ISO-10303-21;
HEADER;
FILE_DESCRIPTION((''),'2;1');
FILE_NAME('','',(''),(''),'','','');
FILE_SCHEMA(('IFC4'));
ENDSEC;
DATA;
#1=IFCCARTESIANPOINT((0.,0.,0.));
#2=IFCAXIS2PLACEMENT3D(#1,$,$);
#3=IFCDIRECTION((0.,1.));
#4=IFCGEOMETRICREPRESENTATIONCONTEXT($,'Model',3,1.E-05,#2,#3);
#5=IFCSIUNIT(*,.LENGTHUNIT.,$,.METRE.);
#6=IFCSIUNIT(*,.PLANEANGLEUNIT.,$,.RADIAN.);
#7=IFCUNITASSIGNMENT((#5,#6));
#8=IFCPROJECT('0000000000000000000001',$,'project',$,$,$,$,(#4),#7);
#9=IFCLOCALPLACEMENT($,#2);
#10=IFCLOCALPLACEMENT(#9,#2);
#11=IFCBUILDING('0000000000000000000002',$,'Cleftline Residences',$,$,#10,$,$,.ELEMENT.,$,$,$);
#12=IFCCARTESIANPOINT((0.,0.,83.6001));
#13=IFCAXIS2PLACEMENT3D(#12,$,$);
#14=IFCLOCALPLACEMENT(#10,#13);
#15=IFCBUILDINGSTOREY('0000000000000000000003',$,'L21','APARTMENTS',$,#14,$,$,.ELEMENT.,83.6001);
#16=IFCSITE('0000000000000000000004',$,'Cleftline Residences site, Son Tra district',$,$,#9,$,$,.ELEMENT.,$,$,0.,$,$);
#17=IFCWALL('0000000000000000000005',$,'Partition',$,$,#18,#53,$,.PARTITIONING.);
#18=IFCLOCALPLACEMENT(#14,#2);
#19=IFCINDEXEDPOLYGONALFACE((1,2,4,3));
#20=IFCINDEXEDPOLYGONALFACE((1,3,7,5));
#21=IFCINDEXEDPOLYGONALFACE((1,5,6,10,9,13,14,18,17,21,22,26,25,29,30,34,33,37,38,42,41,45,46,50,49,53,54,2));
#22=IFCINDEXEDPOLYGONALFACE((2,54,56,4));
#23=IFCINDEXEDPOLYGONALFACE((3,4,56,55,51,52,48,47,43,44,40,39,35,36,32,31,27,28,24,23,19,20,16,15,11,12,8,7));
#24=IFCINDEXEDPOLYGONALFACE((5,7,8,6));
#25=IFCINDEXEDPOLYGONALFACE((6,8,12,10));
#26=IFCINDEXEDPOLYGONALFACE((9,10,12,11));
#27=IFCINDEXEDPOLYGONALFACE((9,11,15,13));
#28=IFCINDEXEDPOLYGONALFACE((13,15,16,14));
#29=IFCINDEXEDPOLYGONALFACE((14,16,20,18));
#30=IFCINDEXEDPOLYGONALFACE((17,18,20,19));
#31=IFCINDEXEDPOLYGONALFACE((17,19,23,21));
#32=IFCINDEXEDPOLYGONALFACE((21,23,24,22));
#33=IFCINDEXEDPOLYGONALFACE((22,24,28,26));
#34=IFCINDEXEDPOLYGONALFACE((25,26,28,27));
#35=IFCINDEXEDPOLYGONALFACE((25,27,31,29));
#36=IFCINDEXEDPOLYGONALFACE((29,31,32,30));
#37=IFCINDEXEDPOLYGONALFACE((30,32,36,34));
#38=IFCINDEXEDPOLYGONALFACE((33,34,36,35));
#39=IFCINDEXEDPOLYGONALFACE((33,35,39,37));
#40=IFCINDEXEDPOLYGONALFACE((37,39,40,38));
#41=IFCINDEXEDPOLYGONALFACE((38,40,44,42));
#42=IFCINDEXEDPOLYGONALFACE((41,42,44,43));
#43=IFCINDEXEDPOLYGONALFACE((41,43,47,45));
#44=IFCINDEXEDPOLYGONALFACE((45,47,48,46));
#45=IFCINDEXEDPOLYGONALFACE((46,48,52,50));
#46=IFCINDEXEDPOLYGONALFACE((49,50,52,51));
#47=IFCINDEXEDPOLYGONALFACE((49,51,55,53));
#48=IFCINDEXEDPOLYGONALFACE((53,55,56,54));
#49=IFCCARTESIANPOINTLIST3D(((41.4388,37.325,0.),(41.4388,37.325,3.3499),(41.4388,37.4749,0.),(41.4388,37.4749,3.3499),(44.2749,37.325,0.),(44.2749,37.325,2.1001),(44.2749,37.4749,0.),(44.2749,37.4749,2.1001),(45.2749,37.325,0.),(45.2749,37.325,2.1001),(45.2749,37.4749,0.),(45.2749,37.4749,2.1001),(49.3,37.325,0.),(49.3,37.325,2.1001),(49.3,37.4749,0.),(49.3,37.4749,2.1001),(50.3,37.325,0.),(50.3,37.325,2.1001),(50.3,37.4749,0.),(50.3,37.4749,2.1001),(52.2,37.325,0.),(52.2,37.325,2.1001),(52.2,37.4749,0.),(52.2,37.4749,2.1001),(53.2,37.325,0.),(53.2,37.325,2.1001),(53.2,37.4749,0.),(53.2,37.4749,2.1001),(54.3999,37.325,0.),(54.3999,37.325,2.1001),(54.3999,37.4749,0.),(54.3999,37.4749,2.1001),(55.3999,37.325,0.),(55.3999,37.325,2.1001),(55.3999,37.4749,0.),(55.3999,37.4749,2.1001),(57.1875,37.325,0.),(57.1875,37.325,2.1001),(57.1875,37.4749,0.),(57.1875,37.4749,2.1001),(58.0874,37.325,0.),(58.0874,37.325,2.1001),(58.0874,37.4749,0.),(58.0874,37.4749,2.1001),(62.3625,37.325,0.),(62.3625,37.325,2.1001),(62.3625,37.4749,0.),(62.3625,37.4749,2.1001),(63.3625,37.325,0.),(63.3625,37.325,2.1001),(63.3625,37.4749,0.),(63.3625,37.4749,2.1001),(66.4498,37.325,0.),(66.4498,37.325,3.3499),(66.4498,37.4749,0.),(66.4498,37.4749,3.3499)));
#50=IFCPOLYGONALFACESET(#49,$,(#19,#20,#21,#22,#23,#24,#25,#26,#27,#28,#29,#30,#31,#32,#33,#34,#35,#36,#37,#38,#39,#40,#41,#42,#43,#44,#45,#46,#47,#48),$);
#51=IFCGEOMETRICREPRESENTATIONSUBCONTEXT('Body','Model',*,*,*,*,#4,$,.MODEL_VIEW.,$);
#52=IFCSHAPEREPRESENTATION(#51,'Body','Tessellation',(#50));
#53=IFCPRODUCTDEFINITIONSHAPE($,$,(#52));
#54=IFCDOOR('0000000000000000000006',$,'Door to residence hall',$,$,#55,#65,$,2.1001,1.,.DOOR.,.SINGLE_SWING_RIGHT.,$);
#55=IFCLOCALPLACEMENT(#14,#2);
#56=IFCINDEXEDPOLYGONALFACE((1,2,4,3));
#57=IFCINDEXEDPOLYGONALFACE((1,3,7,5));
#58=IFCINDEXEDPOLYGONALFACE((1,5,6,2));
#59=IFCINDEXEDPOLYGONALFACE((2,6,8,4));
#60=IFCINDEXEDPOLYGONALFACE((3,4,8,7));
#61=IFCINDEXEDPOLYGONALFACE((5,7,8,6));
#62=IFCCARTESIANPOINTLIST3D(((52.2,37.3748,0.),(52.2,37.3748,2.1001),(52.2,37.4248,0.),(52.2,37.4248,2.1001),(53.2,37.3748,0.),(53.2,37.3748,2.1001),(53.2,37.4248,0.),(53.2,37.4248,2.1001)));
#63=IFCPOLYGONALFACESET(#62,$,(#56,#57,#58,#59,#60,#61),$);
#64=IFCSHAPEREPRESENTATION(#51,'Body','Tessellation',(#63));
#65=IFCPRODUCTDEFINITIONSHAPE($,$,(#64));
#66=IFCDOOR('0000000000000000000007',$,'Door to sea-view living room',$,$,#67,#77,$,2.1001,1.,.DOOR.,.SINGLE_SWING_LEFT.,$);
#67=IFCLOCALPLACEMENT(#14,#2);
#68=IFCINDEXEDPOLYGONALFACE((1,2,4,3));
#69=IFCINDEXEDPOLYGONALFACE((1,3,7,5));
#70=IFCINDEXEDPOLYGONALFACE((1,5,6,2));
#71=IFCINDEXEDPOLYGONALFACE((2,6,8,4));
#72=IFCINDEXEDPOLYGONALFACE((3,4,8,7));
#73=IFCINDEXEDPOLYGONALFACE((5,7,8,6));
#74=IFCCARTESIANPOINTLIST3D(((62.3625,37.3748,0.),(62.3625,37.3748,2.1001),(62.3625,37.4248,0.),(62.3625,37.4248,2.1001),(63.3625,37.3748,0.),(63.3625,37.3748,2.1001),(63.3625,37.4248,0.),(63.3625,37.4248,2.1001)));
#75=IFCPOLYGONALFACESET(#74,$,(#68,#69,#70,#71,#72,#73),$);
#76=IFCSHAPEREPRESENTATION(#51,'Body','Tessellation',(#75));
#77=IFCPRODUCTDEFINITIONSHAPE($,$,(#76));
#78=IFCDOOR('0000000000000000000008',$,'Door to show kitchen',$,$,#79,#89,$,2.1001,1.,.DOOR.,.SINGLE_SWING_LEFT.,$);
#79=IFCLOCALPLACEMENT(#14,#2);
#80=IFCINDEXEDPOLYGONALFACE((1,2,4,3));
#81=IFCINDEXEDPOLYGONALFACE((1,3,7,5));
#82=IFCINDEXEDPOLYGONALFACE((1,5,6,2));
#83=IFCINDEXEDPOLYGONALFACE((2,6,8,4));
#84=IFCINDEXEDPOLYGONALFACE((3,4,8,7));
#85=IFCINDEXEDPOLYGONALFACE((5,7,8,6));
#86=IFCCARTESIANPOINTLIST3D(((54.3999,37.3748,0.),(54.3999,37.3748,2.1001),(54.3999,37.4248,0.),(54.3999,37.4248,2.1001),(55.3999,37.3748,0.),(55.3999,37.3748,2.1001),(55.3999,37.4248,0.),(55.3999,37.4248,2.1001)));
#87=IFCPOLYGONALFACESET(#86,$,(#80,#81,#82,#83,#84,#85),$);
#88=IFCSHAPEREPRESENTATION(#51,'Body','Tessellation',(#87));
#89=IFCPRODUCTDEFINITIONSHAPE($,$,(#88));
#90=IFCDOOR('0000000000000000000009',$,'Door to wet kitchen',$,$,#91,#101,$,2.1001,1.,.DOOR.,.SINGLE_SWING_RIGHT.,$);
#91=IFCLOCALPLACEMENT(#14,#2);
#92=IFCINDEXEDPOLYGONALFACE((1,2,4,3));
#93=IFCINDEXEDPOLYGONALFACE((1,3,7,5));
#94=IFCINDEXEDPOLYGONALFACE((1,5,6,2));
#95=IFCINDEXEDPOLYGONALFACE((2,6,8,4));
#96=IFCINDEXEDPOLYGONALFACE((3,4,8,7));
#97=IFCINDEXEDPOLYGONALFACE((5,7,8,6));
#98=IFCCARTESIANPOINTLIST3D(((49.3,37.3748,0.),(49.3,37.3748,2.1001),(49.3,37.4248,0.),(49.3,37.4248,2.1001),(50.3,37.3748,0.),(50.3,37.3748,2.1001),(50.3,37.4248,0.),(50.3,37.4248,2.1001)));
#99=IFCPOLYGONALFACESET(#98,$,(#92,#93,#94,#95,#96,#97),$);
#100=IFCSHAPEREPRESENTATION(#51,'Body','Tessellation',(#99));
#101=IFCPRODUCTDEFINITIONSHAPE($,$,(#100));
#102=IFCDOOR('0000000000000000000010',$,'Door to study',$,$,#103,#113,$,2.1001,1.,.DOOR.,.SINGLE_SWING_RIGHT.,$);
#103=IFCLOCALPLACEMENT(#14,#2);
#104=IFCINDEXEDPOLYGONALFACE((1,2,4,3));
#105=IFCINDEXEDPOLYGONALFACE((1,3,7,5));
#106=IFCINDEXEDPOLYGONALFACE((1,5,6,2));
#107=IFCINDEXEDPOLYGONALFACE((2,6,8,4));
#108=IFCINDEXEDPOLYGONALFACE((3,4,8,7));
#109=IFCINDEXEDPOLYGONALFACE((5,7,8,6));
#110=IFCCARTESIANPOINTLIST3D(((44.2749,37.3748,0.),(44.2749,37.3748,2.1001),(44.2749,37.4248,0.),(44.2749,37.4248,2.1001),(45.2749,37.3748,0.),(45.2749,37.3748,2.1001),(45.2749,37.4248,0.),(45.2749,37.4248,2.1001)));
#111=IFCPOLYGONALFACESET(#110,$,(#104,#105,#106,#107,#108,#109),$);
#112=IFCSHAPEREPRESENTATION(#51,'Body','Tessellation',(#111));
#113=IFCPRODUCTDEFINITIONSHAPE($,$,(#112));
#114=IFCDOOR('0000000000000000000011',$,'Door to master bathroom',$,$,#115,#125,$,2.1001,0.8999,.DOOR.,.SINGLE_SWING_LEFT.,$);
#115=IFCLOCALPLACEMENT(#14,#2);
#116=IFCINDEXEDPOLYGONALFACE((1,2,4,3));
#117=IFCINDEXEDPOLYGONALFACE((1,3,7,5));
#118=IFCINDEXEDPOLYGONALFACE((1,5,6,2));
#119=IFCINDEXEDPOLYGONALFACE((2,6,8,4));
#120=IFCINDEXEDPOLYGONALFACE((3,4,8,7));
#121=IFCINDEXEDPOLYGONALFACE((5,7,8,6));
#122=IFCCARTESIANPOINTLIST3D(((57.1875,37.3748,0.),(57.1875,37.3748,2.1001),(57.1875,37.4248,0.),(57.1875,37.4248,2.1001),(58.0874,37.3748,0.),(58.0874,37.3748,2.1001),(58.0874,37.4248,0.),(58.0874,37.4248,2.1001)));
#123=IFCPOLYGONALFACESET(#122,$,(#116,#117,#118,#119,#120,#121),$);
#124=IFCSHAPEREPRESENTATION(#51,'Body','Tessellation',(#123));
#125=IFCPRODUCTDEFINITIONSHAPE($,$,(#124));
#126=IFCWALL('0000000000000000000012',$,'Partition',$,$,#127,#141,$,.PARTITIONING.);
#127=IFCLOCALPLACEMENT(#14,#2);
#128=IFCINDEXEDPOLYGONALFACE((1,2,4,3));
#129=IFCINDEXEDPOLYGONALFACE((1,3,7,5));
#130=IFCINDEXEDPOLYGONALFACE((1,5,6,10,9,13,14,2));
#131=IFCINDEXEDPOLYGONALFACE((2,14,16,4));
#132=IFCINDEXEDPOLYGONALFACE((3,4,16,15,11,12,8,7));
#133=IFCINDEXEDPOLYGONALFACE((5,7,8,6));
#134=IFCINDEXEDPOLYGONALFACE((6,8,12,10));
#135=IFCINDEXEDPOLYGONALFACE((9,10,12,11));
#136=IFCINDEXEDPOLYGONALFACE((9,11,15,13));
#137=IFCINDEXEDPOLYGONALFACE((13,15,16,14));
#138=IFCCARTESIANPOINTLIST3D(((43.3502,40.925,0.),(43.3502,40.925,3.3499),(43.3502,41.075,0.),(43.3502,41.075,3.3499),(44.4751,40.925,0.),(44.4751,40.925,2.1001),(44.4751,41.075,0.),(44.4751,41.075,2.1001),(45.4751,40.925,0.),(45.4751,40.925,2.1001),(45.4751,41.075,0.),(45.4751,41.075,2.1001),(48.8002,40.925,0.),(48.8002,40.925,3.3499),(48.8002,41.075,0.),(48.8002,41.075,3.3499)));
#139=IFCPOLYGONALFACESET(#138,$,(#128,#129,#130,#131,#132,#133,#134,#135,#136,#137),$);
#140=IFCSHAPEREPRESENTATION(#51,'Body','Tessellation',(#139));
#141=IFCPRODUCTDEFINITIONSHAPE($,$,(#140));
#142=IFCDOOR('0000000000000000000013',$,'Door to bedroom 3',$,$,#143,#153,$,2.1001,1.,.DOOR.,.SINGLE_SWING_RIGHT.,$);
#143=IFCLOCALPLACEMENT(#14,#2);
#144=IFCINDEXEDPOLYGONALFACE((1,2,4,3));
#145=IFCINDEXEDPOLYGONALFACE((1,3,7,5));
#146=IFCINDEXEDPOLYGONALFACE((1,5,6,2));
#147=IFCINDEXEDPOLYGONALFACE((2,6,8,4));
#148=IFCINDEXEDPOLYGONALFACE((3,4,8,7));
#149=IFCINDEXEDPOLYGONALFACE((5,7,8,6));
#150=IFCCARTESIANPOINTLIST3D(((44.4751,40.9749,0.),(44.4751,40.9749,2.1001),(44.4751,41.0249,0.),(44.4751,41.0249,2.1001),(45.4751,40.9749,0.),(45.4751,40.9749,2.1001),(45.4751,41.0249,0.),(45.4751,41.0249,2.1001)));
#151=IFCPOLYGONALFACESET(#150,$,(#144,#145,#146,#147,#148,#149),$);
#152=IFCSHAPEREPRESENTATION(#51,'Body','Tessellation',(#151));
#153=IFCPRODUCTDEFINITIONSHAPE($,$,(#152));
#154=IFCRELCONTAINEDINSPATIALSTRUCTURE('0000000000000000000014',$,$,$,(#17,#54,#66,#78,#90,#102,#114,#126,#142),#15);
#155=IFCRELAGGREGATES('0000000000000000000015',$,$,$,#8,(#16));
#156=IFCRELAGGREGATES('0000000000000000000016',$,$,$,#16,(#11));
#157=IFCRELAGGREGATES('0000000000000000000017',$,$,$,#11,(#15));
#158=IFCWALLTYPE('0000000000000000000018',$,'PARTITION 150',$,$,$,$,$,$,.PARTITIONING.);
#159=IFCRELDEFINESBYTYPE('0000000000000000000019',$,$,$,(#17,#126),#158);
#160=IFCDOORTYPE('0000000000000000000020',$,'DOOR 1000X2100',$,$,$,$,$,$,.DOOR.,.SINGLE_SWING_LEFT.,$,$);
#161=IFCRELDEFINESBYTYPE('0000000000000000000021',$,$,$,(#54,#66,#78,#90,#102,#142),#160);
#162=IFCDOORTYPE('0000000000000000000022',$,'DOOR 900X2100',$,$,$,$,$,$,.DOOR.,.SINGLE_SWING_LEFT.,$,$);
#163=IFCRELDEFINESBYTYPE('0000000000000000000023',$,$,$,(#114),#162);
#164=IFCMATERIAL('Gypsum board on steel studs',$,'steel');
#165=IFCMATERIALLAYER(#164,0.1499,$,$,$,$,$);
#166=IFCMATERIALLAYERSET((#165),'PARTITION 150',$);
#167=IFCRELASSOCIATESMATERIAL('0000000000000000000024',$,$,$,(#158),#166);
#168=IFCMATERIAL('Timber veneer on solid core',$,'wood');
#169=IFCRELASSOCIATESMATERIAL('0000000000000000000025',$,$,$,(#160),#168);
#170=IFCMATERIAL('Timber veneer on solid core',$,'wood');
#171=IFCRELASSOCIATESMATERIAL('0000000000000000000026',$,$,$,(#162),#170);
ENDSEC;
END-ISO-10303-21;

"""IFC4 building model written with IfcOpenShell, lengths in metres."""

from ifc_helpers import new_model, si_unit, direction, frame, frame_2d, origin, place, context, subcontext, project, spatial, rectangle, extrude, material, layer, layer_set, type_object, element, fill, save


model = new_model("IFC4")

# Units and contexts
model_context = context("Model", 3, precision=1e-05, world=origin(), true_north=direction((0.0, 1.0)))
body_context = subcontext(model_context, "Body", "Model", "MODEL_VIEW")
ifc_project = project(units=[si_unit("LENGTHUNIT", "METRE"), si_unit("PLANEANGLEUNIT", "RADIAN")], contexts=[model_context])

# Site, building, storey
site_placement = place(None, origin())
site = spatial("IfcSite", under=ifc_project, at=site_placement, Name="Cleftline Residences site, Son Tra district", CompositionType="ELEMENT", RefElevation=0.0)
building_placement = place(site_placement, origin())
building = spatial("IfcBuilding", under=site, at=building_placement, Name="Cleftline Residences", CompositionType="ELEMENT")
storey_placement = place(building_placement, frame((0.0, 0.0, 83.6001)))
storey = spatial("IfcBuildingStorey", under=building, at=storey_placement, Name="L21", Description="APARTMENTS", CompositionType="ELEMENT", Elevation=83.6001)

# Wall, openings, doors
ifc_material_1 = material(Name="Gypsum board on steel studs", Category="steel")
ifc_layer_1 = layer(ifc_material_1, 0.1499)
ifc_layer_set_1 = layer_set([ifc_layer_1], Name="PARTITION 150")
wall_type = type_object("IfcWallType", Name="PARTITION 150", PredefinedType="PARTITIONING", material=ifc_layer_set_1)
wall_1_placement = place(storey_placement, frame((41.439, 37.3999, 0.0), z_axis=(0.0, 0.0, 1.0), x_axis=(1.0, 0.0, 0.0)))
wall_1 = element("IfcWall", 1, at=wall_1_placement, inside=storey, type_object=wall_type, Name="Partition", PredefinedType="PARTITIONING", context=body_context, shape_type="SweptSolid", body=[
    extrude(rectangle(XDim=25.011, YDim=0.1499, at=frame_2d((12.5054, 0.0))), origin(), (0.0, 0.0, 1.0), 3.3499),
])
opening_1_placement = place(wall_1_placement, frame((10.761, 0.0, 0.0)))
opening_1 = element("IfcOpeningElement", 2, at=opening_1_placement, cuts=wall_1, PredefinedType="OPENING", context=body_context, shape_type="SweptSolid", body=[
    extrude(rectangle(XDim=1.0, YDim=2.1001, at=frame_2d((0.5, 1.05))), frame((0.0, 0.085, 0.0), z_axis=(0.0, -1.0, 0.0), x_axis=(1.0, 0.0, 0.0)), (0.0, 0.0, 1.0), 0.1699),
])
opening_2_placement = place(wall_1_placement, frame((20.9236, 0.0, 0.0)))
opening_2 = element("IfcOpeningElement", 3, at=opening_2_placement, cuts=wall_1, PredefinedType="OPENING", context=body_context, shape_type="SweptSolid", body=[
    extrude(rectangle(XDim=1.0, YDim=2.1001, at=frame_2d((0.5, 1.05))), frame((0.0, 0.085, 0.0), z_axis=(0.0, -1.0, 0.0), x_axis=(1.0, 0.0, 0.0)), (0.0, 0.0, 1.0), 0.1699),
])
opening_3_placement = place(wall_1_placement, frame((15.7485, 0.0, 0.0)))
opening_3 = element("IfcOpeningElement", 4, at=opening_3_placement, cuts=wall_1, PredefinedType="OPENING", context=body_context, shape_type="SweptSolid", body=[
    extrude(rectangle(XDim=0.8999, YDim=2.1001, at=frame_2d((0.45, 1.05))), frame((0.0, 0.085, 0.0), z_axis=(0.0, -1.0, 0.0), x_axis=(1.0, 0.0, 0.0)), (0.0, 0.0, 1.0), 0.1699),
])
opening_4_placement = place(wall_1_placement, frame((12.9609, 0.0, 0.0)))
opening_4 = element("IfcOpeningElement", 5, at=opening_4_placement, cuts=wall_1, PredefinedType="OPENING", context=body_context, shape_type="SweptSolid", body=[
    extrude(rectangle(XDim=1.0, YDim=2.1001, at=frame_2d((0.5, 1.05))), frame((0.0, 0.085, 0.0), z_axis=(0.0, -1.0, 0.0), x_axis=(1.0, 0.0, 0.0)), (0.0, 0.0, 1.0), 0.1699),
])
opening_5_placement = place(wall_1_placement, frame((7.8611, 0.0, 0.0)))
opening_5 = element("IfcOpeningElement", 6, at=opening_5_placement, cuts=wall_1, PredefinedType="OPENING", context=body_context, shape_type="SweptSolid", body=[
    extrude(rectangle(XDim=1.0, YDim=2.1001, at=frame_2d((0.5, 1.05))), frame((0.0, 0.085, 0.0), z_axis=(0.0, -1.0, 0.0), x_axis=(1.0, 0.0, 0.0)), (0.0, 0.0, 1.0), 0.1699),
])
opening_6_placement = place(wall_1_placement, frame((2.8359, 0.0, 0.0)))
opening_6 = element("IfcOpeningElement", 7, at=opening_6_placement, cuts=wall_1, PredefinedType="OPENING", context=body_context, shape_type="SweptSolid", body=[
    extrude(rectangle(XDim=1.0, YDim=2.1001, at=frame_2d((0.5, 1.05))), frame((0.0, 0.085, 0.0), z_axis=(0.0, -1.0, 0.0), x_axis=(1.0, 0.0, 0.0)), (0.0, 0.0, 1.0), 0.1699),
])
ifc_material_2 = material(Name="Timber veneer on solid core", Category="wood")
door_type_1 = type_object("IfcDoorType", Name="DOOR 1000X2100", OperationType="SINGLE_SWING_LEFT", PredefinedType="DOOR", material=ifc_material_2)
door_1_placement = place(opening_1_placement, origin())
door_1 = element("IfcDoor", 8, at=door_1_placement, inside=storey, type_object=door_type_1, Name="Door to residence hall", OperationType="SINGLE_SWING_RIGHT", OverallHeight=2.1001, OverallWidth=1.0, PredefinedType="DOOR", context=body_context, shape_type="SweptSolid", body=[
    extrude(rectangle(XDim=1.0, YDim=2.1001, at=frame_2d((0.5, 1.05))), frame((0.0, 0.0249, 0.0), z_axis=(0.0, -1.0, 0.0), x_axis=(1.0, 0.0, 0.0)), (0.0, 0.0, 1.0), 0.05),
])
fill(opening_1, door_1)
door_2_placement = place(opening_2_placement, origin())
door_2 = element("IfcDoor", 9, at=door_2_placement, inside=storey, type_object=door_type_1, Name="Door to sea-view living room", OperationType="SINGLE_SWING_LEFT", OverallHeight=2.1001, OverallWidth=1.0, PredefinedType="DOOR", context=body_context, shape_type="SweptSolid", body=[
    extrude(rectangle(XDim=1.0, YDim=2.1001, at=frame_2d((0.5, 1.05))), frame((0.0, 0.0249, 0.0), z_axis=(0.0, -1.0, 0.0), x_axis=(1.0, 0.0, 0.0)), (0.0, 0.0, 1.0), 0.05),
])
fill(opening_2, door_2)
door_3_placement = place(opening_4_placement, origin())
door_3 = element("IfcDoor", 10, at=door_3_placement, inside=storey, type_object=door_type_1, Name="Door to show kitchen", OperationType="SINGLE_SWING_LEFT", OverallHeight=2.1001, OverallWidth=1.0, PredefinedType="DOOR", context=body_context, shape_type="SweptSolid", body=[
    extrude(rectangle(XDim=1.0, YDim=2.1001, at=frame_2d((0.5, 1.05))), frame((0.0, 0.0249, 0.0), z_axis=(0.0, -1.0, 0.0), x_axis=(1.0, 0.0, 0.0)), (0.0, 0.0, 1.0), 0.05),
])
fill(opening_4, door_3)
door_4_placement = place(opening_5_placement, origin())
door_4 = element("IfcDoor", 11, at=door_4_placement, inside=storey, type_object=door_type_1, Name="Door to wet kitchen", OperationType="SINGLE_SWING_RIGHT", OverallHeight=2.1001, OverallWidth=1.0, PredefinedType="DOOR", context=body_context, shape_type="SweptSolid", body=[
    extrude(rectangle(XDim=1.0, YDim=2.1001, at=frame_2d((0.5, 1.05))), frame((0.0, 0.0249, 0.0), z_axis=(0.0, -1.0, 0.0), x_axis=(1.0, 0.0, 0.0)), (0.0, 0.0, 1.0), 0.05),
])
fill(opening_5, door_4)
door_5_placement = place(opening_6_placement, origin())
door_5 = element("IfcDoor", 12, at=door_5_placement, inside=storey, type_object=door_type_1, Name="Door to study", OperationType="SINGLE_SWING_RIGHT", OverallHeight=2.1001, OverallWidth=1.0, PredefinedType="DOOR", context=body_context, shape_type="SweptSolid", body=[
    extrude(rectangle(XDim=1.0, YDim=2.1001, at=frame_2d((0.5, 1.05))), frame((0.0, 0.0249, 0.0), z_axis=(0.0, -1.0, 0.0), x_axis=(1.0, 0.0, 0.0)), (0.0, 0.0, 1.0), 0.05),
])
fill(opening_6, door_5)
ifc_material_3 = material(Name="Timber veneer on solid core", Category="wood")
door_type_2 = type_object("IfcDoorType", Name="DOOR 900X2100", OperationType="SINGLE_SWING_LEFT", PredefinedType="DOOR", material=ifc_material_3)
door_6_placement = place(opening_3_placement, origin())
door_6 = element("IfcDoor", 13, at=door_6_placement, inside=storey, type_object=door_type_2, Name="Door to master bathroom", OperationType="SINGLE_SWING_LEFT", OverallHeight=2.1001, OverallWidth=0.8999, PredefinedType="DOOR", context=body_context, shape_type="SweptSolid", body=[
    extrude(rectangle(XDim=0.8999, YDim=2.1001, at=frame_2d((0.45, 1.05))), frame((0.0, 0.0249, 0.0), z_axis=(0.0, -1.0, 0.0), x_axis=(1.0, 0.0, 0.0)), (0.0, 0.0, 1.0), 0.05),
])
fill(opening_3, door_6)

# Wall, opening, door
wall_2_placement = place(storey_placement, frame((43.3501, 41.0, 0.0), z_axis=(0.0, 0.0, 1.0), x_axis=(1.0, 0.0, 0.0)))
wall_2 = element("IfcWall", 14, at=wall_2_placement, inside=storey, type_object=wall_type, Name="Partition", PredefinedType="PARTITIONING", context=body_context, shape_type="SweptSolid", body=[
    extrude(rectangle(XDim=5.45, YDim=0.1499, at=frame_2d((2.7251, 0.0))), origin(), (0.0, 0.0, 1.0), 3.3499),
])
opening_7_placement = place(wall_2_placement, frame((1.125, 0.0, 0.0)))
opening_7 = element("IfcOpeningElement", 15, at=opening_7_placement, cuts=wall_2, PredefinedType="OPENING", context=body_context, shape_type="SweptSolid", body=[
    extrude(rectangle(XDim=1.0, YDim=2.1001, at=frame_2d((0.5, 1.05))), frame((0.0, 0.085, 0.0), z_axis=(0.0, -1.0, 0.0), x_axis=(1.0, 0.0, 0.0)), (0.0, 0.0, 1.0), 0.1699),
])
door_7_placement = place(opening_7_placement, origin())
door_7 = element("IfcDoor", 16, at=door_7_placement, inside=storey, type_object=door_type_1, Name="Door to bedroom 3", OperationType="SINGLE_SWING_RIGHT", OverallHeight=2.1001, OverallWidth=1.0, PredefinedType="DOOR", context=body_context, shape_type="SweptSolid", body=[
    extrude(rectangle(XDim=1.0, YDim=2.1001, at=frame_2d((0.5, 1.05))), frame((0.0, 0.0249, 0.0), z_axis=(0.0, -1.0, 0.0), x_axis=(1.0, 0.0, 0.0)), (0.0, 0.0, 1.0), 0.05),
])
fill(opening_7, door_7)

save(model, "model.ifc")
